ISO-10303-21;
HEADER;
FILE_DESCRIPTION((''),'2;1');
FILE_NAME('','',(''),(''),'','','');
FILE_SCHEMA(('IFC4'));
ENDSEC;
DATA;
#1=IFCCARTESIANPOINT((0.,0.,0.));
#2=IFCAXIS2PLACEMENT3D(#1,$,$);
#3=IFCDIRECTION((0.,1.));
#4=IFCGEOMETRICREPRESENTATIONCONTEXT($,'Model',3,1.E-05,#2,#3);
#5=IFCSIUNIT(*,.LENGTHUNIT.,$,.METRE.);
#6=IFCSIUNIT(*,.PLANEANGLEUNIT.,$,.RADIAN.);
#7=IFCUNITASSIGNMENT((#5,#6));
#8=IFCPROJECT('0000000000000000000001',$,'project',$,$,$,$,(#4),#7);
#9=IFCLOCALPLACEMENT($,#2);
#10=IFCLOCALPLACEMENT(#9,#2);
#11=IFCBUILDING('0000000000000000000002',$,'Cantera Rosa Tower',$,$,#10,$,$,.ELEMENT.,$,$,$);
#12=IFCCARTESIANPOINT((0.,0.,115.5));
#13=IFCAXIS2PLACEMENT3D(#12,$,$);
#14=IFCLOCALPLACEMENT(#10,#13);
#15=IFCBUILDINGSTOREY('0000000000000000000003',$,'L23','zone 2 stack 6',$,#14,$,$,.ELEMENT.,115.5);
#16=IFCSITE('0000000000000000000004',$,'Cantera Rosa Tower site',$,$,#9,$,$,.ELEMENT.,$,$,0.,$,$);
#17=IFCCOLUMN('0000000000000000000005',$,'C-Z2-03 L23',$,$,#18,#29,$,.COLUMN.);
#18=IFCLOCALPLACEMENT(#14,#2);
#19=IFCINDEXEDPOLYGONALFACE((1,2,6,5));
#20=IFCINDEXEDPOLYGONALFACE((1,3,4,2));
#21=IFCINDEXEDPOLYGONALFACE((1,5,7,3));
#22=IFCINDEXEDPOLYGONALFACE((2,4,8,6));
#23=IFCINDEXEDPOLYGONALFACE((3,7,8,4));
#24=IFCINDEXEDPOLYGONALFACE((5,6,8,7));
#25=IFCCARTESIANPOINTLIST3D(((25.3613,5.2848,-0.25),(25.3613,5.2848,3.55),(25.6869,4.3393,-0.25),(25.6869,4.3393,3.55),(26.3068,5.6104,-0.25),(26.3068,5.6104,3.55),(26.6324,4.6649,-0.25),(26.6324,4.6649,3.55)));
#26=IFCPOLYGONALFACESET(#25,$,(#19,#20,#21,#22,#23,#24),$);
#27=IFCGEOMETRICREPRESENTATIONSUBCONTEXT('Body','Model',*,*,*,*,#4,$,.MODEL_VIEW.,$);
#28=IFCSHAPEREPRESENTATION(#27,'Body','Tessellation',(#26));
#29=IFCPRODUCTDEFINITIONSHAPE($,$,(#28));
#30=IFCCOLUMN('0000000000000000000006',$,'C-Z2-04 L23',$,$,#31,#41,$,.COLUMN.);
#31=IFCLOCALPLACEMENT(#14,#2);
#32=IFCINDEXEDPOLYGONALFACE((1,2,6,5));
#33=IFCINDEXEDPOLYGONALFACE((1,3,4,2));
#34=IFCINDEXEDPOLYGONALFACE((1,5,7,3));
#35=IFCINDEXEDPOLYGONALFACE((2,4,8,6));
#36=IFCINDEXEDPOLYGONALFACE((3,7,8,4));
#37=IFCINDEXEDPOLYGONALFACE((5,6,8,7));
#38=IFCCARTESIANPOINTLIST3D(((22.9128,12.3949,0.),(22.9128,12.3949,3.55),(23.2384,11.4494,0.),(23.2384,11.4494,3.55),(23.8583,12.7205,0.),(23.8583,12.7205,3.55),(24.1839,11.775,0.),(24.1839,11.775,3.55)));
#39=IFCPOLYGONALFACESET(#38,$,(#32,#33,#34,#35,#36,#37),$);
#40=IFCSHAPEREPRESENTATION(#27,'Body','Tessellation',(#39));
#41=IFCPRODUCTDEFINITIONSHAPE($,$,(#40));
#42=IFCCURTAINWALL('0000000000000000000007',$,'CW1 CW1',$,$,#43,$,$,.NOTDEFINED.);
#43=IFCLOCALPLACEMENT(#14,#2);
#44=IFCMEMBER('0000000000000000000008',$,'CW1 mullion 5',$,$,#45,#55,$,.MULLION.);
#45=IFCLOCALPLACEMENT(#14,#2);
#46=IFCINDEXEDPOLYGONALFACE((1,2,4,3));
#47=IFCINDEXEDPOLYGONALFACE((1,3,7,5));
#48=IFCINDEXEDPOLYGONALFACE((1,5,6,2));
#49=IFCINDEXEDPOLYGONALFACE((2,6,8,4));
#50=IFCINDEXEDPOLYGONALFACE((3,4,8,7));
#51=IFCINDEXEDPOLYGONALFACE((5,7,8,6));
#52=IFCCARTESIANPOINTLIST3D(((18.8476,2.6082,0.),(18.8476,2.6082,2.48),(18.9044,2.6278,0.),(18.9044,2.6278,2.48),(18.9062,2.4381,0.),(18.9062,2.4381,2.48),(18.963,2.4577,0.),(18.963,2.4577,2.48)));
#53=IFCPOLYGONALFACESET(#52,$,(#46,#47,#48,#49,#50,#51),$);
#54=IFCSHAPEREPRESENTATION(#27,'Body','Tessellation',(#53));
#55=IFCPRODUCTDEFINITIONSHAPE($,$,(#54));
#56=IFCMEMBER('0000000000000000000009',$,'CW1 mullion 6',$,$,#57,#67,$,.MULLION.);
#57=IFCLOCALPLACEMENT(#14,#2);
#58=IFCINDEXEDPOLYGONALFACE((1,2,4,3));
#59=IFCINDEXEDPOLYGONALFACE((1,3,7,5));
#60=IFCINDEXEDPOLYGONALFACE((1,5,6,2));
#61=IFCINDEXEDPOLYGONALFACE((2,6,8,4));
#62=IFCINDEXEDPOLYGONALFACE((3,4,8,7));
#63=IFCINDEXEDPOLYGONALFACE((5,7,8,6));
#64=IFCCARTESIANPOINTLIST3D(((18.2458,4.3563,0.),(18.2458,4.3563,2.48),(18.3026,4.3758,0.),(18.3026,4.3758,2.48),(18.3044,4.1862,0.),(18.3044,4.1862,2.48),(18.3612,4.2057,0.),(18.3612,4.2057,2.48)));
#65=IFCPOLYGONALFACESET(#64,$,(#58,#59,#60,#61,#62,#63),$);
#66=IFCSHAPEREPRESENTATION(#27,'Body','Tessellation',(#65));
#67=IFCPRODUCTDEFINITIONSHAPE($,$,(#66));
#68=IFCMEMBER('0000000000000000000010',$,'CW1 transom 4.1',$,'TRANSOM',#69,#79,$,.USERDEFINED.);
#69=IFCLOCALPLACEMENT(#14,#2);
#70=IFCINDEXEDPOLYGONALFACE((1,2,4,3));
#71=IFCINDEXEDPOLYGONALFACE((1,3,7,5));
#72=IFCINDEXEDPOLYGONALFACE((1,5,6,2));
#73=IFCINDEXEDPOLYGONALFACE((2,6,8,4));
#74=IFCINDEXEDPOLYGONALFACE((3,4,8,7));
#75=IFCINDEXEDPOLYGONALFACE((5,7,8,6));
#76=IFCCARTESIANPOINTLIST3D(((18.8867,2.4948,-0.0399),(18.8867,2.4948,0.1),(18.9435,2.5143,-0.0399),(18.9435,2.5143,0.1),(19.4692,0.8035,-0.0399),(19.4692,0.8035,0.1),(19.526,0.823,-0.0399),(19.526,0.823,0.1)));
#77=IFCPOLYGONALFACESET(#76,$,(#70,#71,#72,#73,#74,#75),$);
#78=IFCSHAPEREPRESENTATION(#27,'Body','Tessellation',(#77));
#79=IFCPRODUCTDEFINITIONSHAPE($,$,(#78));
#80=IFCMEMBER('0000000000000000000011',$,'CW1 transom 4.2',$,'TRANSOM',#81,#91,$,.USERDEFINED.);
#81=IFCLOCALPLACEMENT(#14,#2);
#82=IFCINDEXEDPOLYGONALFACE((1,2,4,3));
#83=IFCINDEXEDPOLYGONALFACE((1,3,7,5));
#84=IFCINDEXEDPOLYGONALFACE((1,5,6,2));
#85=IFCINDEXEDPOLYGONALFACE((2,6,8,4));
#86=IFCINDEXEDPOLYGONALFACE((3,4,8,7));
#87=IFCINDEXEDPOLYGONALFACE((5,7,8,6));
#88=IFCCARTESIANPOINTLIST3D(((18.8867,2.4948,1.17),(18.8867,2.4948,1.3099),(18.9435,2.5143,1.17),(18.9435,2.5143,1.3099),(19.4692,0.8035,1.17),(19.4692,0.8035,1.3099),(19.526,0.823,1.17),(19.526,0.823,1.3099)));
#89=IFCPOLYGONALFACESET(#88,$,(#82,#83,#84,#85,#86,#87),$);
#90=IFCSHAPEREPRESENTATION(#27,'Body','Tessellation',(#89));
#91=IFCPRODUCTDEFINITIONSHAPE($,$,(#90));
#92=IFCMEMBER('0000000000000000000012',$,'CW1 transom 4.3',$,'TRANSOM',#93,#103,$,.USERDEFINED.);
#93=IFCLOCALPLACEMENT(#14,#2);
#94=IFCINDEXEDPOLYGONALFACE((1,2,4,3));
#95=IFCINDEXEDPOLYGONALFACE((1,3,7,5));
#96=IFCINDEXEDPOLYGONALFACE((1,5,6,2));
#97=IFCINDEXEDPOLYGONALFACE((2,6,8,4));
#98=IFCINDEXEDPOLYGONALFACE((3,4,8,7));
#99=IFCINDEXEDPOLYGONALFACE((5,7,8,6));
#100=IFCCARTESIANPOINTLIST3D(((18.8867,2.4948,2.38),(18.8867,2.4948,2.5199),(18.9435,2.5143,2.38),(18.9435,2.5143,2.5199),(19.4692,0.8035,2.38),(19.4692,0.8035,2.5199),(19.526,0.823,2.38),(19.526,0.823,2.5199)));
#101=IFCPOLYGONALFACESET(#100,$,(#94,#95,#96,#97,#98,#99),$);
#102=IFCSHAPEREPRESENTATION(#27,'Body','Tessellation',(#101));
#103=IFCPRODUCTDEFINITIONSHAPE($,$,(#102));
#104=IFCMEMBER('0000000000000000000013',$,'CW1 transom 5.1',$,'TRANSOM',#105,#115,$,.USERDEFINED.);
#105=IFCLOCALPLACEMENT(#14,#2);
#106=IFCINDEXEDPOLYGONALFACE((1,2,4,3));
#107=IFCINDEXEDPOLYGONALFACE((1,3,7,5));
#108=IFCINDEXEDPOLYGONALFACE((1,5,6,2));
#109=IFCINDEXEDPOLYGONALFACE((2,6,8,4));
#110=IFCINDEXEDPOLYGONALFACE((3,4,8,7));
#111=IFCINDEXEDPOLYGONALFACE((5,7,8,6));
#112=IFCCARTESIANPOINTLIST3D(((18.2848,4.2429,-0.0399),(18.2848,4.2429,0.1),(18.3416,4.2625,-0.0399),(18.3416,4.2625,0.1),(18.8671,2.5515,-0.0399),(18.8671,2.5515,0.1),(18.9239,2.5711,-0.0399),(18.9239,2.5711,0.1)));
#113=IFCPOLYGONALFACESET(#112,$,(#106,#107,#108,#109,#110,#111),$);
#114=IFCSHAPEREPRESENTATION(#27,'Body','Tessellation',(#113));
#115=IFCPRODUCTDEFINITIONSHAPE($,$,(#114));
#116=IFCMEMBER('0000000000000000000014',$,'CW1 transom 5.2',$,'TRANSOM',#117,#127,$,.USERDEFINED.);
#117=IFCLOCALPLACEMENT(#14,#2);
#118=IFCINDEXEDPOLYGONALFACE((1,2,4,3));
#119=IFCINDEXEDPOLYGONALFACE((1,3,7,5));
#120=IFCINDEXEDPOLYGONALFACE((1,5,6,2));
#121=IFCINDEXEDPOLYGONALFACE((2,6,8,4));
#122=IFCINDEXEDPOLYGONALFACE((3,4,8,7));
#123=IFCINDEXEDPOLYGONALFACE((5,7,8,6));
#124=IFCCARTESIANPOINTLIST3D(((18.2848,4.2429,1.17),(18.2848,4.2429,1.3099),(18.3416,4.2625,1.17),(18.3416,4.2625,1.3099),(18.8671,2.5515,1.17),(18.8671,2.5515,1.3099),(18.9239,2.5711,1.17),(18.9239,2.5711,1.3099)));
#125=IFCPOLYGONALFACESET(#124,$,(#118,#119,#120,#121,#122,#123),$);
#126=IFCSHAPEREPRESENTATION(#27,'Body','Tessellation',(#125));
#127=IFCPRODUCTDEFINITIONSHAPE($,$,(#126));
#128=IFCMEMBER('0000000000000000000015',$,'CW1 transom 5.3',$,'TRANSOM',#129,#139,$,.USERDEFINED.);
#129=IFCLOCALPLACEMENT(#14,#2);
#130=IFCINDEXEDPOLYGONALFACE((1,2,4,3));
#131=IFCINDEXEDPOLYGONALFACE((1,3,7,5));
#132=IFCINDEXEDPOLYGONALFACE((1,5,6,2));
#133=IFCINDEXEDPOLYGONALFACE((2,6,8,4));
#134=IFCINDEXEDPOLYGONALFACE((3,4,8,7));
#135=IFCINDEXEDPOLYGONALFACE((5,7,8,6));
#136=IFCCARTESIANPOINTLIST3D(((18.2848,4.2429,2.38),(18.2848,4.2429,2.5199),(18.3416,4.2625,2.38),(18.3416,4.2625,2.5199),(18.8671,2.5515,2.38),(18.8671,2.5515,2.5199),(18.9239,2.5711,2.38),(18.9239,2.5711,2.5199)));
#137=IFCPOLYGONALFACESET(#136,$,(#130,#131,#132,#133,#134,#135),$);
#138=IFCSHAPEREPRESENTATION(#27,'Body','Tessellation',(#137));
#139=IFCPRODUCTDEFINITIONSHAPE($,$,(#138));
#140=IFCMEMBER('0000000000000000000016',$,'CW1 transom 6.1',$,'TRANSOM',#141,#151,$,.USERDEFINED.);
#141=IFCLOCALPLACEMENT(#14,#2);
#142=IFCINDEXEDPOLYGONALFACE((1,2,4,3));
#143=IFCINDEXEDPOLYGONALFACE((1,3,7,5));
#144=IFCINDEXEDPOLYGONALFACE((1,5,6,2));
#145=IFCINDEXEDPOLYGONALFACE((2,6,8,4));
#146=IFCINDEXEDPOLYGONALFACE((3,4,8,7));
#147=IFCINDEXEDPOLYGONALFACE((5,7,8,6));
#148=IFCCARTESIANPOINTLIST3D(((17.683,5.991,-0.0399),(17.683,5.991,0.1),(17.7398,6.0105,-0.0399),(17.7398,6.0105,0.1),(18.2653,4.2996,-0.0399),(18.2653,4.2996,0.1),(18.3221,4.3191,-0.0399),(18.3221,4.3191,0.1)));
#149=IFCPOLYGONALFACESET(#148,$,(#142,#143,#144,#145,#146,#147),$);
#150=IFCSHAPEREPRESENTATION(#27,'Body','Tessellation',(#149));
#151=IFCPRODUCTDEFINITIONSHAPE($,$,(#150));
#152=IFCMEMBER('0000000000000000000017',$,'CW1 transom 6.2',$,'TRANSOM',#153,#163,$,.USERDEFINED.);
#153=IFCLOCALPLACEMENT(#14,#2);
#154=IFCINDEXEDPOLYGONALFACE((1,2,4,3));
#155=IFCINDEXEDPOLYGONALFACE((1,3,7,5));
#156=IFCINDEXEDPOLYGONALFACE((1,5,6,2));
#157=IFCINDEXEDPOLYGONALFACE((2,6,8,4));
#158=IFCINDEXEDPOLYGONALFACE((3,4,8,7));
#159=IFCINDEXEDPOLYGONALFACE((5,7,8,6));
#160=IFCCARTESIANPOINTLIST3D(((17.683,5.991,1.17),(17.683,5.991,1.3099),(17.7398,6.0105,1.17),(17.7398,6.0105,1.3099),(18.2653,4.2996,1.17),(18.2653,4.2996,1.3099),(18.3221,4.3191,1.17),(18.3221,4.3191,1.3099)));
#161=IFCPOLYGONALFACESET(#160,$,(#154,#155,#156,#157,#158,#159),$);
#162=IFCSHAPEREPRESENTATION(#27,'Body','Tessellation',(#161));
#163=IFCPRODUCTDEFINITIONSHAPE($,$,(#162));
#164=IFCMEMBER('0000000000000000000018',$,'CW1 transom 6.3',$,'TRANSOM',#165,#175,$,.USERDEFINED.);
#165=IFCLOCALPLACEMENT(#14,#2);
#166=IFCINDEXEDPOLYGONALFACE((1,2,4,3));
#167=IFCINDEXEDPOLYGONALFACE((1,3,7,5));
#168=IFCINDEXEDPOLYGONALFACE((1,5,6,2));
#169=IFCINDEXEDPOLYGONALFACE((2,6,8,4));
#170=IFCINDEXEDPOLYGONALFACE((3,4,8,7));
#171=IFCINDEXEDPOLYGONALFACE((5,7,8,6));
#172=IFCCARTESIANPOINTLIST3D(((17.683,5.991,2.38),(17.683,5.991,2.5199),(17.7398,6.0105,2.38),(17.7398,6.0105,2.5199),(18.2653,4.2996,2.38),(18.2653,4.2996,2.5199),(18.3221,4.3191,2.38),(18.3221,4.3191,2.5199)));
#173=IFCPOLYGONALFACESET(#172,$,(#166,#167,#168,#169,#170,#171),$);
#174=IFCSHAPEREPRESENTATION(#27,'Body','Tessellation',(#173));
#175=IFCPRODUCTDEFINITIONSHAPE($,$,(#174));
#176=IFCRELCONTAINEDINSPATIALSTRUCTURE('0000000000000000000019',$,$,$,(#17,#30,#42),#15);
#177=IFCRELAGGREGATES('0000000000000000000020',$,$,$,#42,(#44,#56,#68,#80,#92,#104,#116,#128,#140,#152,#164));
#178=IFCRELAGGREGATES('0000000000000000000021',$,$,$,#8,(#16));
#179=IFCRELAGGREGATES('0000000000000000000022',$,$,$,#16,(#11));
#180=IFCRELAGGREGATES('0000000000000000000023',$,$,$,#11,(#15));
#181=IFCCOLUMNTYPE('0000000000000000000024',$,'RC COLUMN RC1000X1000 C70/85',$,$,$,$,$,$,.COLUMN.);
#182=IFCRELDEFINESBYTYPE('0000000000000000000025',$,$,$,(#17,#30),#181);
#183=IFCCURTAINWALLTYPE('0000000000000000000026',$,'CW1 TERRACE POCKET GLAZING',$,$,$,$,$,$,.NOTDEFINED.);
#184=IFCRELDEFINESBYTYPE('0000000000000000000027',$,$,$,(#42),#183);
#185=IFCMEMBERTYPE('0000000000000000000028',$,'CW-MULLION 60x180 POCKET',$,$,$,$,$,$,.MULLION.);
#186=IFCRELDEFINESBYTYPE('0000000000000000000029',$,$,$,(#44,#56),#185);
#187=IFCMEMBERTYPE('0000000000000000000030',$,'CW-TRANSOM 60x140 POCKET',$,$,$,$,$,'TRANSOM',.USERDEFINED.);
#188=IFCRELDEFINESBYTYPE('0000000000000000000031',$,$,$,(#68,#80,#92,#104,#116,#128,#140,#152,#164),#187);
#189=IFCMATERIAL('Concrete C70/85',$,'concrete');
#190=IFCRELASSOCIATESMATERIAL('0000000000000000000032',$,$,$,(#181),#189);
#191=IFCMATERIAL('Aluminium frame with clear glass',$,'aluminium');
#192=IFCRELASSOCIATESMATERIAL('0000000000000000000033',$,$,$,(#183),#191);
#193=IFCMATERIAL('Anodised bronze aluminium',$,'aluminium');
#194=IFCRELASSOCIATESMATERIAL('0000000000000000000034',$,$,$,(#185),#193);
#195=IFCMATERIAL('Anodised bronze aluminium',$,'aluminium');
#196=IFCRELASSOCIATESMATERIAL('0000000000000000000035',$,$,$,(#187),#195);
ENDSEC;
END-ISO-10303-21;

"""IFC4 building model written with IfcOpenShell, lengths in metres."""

from ifc_helpers import new_model, si_unit, direction, frame, origin, origin_2d, place, context, subcontext, project, spatial, rectangle, extrude, material, material_profile, profile_set, type_object, element, aggregate, save


model = new_model("IFC4")

# Units and contexts
model_context = context("Model", 3, precision=1e-05, world=origin(), true_north=direction((0.0, 1.0)))
body_context = subcontext(model_context, "Body", "Model", "MODEL_VIEW")
ifc_project = project(units=[si_unit("LENGTHUNIT", "METRE"), si_unit("PLANEANGLEUNIT", "RADIAN")], contexts=[model_context])

# Site, building, storey
site_placement = place(None, origin())
site = spatial("IfcSite", under=ifc_project, at=site_placement, Name="Cantera Rosa Tower site", CompositionType="ELEMENT", RefElevation=0.0)
building_placement = place(site_placement, origin())
building = spatial("IfcBuilding", under=site, at=building_placement, Name="Cantera Rosa Tower", CompositionType="ELEMENT")
storey_placement = place(building_placement, frame((0.0, 0.0, 115.5)))
storey = spatial("IfcBuildingStorey", under=building, at=storey_placement, Name="L23", Description="zone 2 stack 6", CompositionType="ELEMENT", Elevation=115.5)

# Columns
ifc_material_1 = material(Name="Concrete C70/85", Category="concrete")
ifc_material_profile_1 = material_profile(ifc_material_1, rectangle(XDim=1.0, YDim=1.0, at=origin_2d()), Name="RC COLUMN RC1000X1000 C70/85")
ifc_profile_set_1 = profile_set([ifc_material_profile_1], Name="Concrete C70/85")
column_type = type_object("IfcColumnType", Name="RC COLUMN RC1000X1000 C70/85", PredefinedType="COLUMN", material=ifc_profile_set_1)
column_1_placement = place(storey_placement, frame((25.9968, 4.9749, -0.25), z_axis=(0.0, 0.0, 1.0), x_axis=(0.945519, 0.325568, 0.0)))
element("IfcColumn", 1, at=column_1_placement, inside=storey, type_object=column_type, Name="C-Z2-03 L23", PredefinedType="COLUMN", context=body_context, shape_type="SweptSolid", body=[
    extrude(rectangle(XDim=1.0, YDim=1.0, at=origin_2d()), origin(), (0.0, 0.0, 1.0), 3.8),
])
column_2_placement = place(storey_placement, frame((23.5483, 12.085, 0.0), z_axis=(0.0, 0.0, 1.0), x_axis=(0.945519, 0.325568, 0.0)))
element("IfcColumn", 2, at=column_2_placement, inside=storey, type_object=column_type, Name="C-Z2-04 L23", PredefinedType="COLUMN", context=body_context, shape_type="SweptSolid", body=[
    extrude(rectangle(XDim=1.0, YDim=1.0, at=origin_2d()), origin(), (0.0, 0.0, 1.0), 3.55),
])

# Curtain wall, members
ifc_material_2 = material(Name="Aluminium frame with clear glass", Category="aluminium")
curtain_wall_type = type_object("IfcCurtainWallType", Name="CW1 TERRACE POCKET GLAZING", PredefinedType="NOTDEFINED", material=ifc_material_2)
curtain_wall_placement = place(storey_placement, origin())
curtain_wall = element("IfcCurtainWall", 3, at=curtain_wall_placement, inside=storey, type_object=curtain_wall_type, Name="CW1 CW1", PredefinedType="NOTDEFINED")
ifc_material_3 = material(Name="Anodised bronze aluminium", Category="aluminium")
ifc_material_profile_2 = material_profile(ifc_material_3, rectangle(XDim=0.0601, YDim=0.1799, at=origin_2d()), Name="CW-MULLION 60x180 POCKET")
ifc_profile_set_2 = profile_set([ifc_material_profile_2], Name="Anodised bronze aluminium")
member_type_1 = type_object("IfcMemberType", Name="CW-MULLION 60x180 POCKET", PredefinedType="MULLION", material=ifc_profile_set_2)
member_1_placement = place(storey_placement, frame((18.9053, 2.533, 0.0), z_axis=(0.0, 0.0, 1.0), x_axis=(-0.945519, -0.325568, 0.0)))
member_1 = element("IfcMember", 4, at=member_1_placement, type_object=member_type_1, Name="CW1 mullion 5", PredefinedType="MULLION", context=body_context, shape_type="SweptSolid", body=[
    extrude(rectangle(XDim=0.0601, YDim=0.1799, at=origin_2d()), origin(), (0.0, 0.0, 1.0), 2.48),
])
member_2_placement = place(storey_placement, frame((18.3035, 4.281, 0.0), z_axis=(0.0, 0.0, 1.0), x_axis=(-0.945519, -0.325568, 0.0)))
member_2 = element("IfcMember", 5, at=member_2_placement, type_object=member_type_1, Name="CW1 mullion 6", PredefinedType="MULLION", context=body_context, shape_type="SweptSolid", body=[
    extrude(rectangle(XDim=0.0601, YDim=0.1799, at=origin_2d()), origin(), (0.0, 0.0, 1.0), 2.48),
])
ifc_material_4 = material(Name="Anodised bronze aluminium", Category="aluminium")
ifc_material_profile_3 = material_profile(ifc_material_4, rectangle(XDim=0.0601, YDim=0.1399, at=origin_2d()), Name="CW-TRANSOM 60x140 POCKET")
ifc_profile_set_3 = profile_set([ifc_material_profile_3], Name="Anodised bronze aluminium")
member_type_2 = type_object("IfcMemberType", Name="CW-TRANSOM 60x140 POCKET", ElementType="TRANSOM", PredefinedType="USERDEFINED", material=ifc_profile_set_3)
member_3_placement = place(storey_placement, frame((19.4976, 0.8132, 0.03), z_axis=(-0.325629, 0.945498, 0.0), x_axis=(-0.945498, -0.325629, 0.0)))
member_3 = element("IfcMember", 6, at=member_3_placement, type_object=member_type_2, Name="CW1 transom 4.1", ObjectType="TRANSOM", PredefinedType="USERDEFINED", context=body_context, shape_type="SweptSolid", body=[
    extrude(rectangle(XDim=0.0601, YDim=0.1399, at=origin_2d()), origin(), (0.0, 0.0, 1.0), 1.7888),
])
member_4_placement = place(storey_placement, frame((19.4976, 0.8132, 1.24), z_axis=(-0.325629, 0.945498, 0.0), x_axis=(-0.945498, -0.325629, 0.0)))
member_4 = element("IfcMember", 7, at=member_4_placement, type_object=member_type_2, Name="CW1 transom 4.2", ObjectType="TRANSOM", PredefinedType="USERDEFINED", context=body_context, shape_type="SweptSolid", body=[
    extrude(rectangle(XDim=0.0601, YDim=0.1399, at=origin_2d()), origin(), (0.0, 0.0, 1.0), 1.7888),
])
member_5_placement = place(storey_placement, frame((19.4976, 0.8132, 2.45), z_axis=(-0.325629, 0.945498, 0.0), x_axis=(-0.945498, -0.325629, 0.0)))
member_5 = element("IfcMember", 8, at=member_5_placement, type_object=member_type_2, Name="CW1 transom 4.3", ObjectType="TRANSOM", PredefinedType="USERDEFINED", context=body_context, shape_type="SweptSolid", body=[
    extrude(rectangle(XDim=0.0601, YDim=0.1399, at=origin_2d()), origin(), (0.0, 0.0, 1.0), 1.7888),
])
member_6_placement = place(storey_placement, frame((18.8955, 2.5613, 0.03), z_axis=(-0.325507, 0.94554, 0.0), x_axis=(-0.94554, -0.325507, 0.0)))
member_6 = element("IfcMember", 9, at=member_6_placement, type_object=member_type_2, Name="CW1 transom 5.1", ObjectType="TRANSOM", PredefinedType="USERDEFINED", context=body_context, shape_type="SweptSolid", body=[
    extrude(rectangle(XDim=0.0601, YDim=0.1399, at=origin_2d()), origin(), (0.0, 0.0, 1.0), 1.7888),
])
member_7_placement = place(storey_placement, frame((18.8955, 2.5613, 1.24), z_axis=(-0.325507, 0.94554, 0.0), x_axis=(-0.94554, -0.325507, 0.0)))
member_7 = element("IfcMember", 10, at=member_7_placement, type_object=member_type_2, Name="CW1 transom 5.2", ObjectType="TRANSOM", PredefinedType="USERDEFINED", context=body_context, shape_type="SweptSolid", body=[
    extrude(rectangle(XDim=0.0601, YDim=0.1399, at=origin_2d()), origin(), (0.0, 0.0, 1.0), 1.7888),
])
member_8_placement = place(storey_placement, frame((18.8955, 2.5613, 2.45), z_axis=(-0.325507, 0.94554, 0.0), x_axis=(-0.94554, -0.325507, 0.0)))
member_8 = element("IfcMember", 11, at=member_8_placement, type_object=member_type_2, Name="CW1 transom 5.3", ObjectType="TRANSOM", PredefinedType="USERDEFINED", context=body_context, shape_type="SweptSolid", body=[
    extrude(rectangle(XDim=0.0601, YDim=0.1399, at=origin_2d()), origin(), (0.0, 0.0, 1.0), 1.7888),
])
member_9_placement = place(storey_placement, frame((18.2937, 4.3093, 0.03), z_axis=(-0.325507, 0.94554, 0.0), x_axis=(-0.94554, -0.325507, 0.0)))
member_9 = element("IfcMember", 12, at=member_9_placement, type_object=member_type_2, Name="CW1 transom 6.1", ObjectType="TRANSOM", PredefinedType="USERDEFINED", context=body_context, shape_type="SweptSolid", body=[
    extrude(rectangle(XDim=0.0601, YDim=0.1399, at=origin_2d()), origin(), (0.0, 0.0, 1.0), 1.7888),
])
member_10_placement = place(storey_placement, frame((18.2937, 4.3093, 1.24), z_axis=(-0.325507, 0.94554, 0.0), x_axis=(-0.94554, -0.325507, 0.0)))
member_10 = element("IfcMember", 13, at=member_10_placement, type_object=member_type_2, Name="CW1 transom 6.2", ObjectType="TRANSOM", PredefinedType="USERDEFINED", context=body_context, shape_type="SweptSolid", body=[
    extrude(rectangle(XDim=0.0601, YDim=0.1399, at=origin_2d()), origin(), (0.0, 0.0, 1.0), 1.7888),
])
member_11_placement = place(storey_placement, frame((18.2937, 4.3093, 2.45), z_axis=(-0.325507, 0.94554, 0.0), x_axis=(-0.94554, -0.325507, 0.0)))
member_11 = element("IfcMember", 14, at=member_11_placement, type_object=member_type_2, Name="CW1 transom 6.3", ObjectType="TRANSOM", PredefinedType="USERDEFINED", context=body_context, shape_type="SweptSolid", body=[
    extrude(rectangle(XDim=0.0601, YDim=0.1399, at=origin_2d()), origin(), (0.0, 0.0, 1.0), 1.7888),
])

aggregate(curtain_wall, [member_1, member_2, member_3, member_4, member_5, member_6, member_7, member_8, member_9, member_10, member_11])

save(model, "model.ifc")
